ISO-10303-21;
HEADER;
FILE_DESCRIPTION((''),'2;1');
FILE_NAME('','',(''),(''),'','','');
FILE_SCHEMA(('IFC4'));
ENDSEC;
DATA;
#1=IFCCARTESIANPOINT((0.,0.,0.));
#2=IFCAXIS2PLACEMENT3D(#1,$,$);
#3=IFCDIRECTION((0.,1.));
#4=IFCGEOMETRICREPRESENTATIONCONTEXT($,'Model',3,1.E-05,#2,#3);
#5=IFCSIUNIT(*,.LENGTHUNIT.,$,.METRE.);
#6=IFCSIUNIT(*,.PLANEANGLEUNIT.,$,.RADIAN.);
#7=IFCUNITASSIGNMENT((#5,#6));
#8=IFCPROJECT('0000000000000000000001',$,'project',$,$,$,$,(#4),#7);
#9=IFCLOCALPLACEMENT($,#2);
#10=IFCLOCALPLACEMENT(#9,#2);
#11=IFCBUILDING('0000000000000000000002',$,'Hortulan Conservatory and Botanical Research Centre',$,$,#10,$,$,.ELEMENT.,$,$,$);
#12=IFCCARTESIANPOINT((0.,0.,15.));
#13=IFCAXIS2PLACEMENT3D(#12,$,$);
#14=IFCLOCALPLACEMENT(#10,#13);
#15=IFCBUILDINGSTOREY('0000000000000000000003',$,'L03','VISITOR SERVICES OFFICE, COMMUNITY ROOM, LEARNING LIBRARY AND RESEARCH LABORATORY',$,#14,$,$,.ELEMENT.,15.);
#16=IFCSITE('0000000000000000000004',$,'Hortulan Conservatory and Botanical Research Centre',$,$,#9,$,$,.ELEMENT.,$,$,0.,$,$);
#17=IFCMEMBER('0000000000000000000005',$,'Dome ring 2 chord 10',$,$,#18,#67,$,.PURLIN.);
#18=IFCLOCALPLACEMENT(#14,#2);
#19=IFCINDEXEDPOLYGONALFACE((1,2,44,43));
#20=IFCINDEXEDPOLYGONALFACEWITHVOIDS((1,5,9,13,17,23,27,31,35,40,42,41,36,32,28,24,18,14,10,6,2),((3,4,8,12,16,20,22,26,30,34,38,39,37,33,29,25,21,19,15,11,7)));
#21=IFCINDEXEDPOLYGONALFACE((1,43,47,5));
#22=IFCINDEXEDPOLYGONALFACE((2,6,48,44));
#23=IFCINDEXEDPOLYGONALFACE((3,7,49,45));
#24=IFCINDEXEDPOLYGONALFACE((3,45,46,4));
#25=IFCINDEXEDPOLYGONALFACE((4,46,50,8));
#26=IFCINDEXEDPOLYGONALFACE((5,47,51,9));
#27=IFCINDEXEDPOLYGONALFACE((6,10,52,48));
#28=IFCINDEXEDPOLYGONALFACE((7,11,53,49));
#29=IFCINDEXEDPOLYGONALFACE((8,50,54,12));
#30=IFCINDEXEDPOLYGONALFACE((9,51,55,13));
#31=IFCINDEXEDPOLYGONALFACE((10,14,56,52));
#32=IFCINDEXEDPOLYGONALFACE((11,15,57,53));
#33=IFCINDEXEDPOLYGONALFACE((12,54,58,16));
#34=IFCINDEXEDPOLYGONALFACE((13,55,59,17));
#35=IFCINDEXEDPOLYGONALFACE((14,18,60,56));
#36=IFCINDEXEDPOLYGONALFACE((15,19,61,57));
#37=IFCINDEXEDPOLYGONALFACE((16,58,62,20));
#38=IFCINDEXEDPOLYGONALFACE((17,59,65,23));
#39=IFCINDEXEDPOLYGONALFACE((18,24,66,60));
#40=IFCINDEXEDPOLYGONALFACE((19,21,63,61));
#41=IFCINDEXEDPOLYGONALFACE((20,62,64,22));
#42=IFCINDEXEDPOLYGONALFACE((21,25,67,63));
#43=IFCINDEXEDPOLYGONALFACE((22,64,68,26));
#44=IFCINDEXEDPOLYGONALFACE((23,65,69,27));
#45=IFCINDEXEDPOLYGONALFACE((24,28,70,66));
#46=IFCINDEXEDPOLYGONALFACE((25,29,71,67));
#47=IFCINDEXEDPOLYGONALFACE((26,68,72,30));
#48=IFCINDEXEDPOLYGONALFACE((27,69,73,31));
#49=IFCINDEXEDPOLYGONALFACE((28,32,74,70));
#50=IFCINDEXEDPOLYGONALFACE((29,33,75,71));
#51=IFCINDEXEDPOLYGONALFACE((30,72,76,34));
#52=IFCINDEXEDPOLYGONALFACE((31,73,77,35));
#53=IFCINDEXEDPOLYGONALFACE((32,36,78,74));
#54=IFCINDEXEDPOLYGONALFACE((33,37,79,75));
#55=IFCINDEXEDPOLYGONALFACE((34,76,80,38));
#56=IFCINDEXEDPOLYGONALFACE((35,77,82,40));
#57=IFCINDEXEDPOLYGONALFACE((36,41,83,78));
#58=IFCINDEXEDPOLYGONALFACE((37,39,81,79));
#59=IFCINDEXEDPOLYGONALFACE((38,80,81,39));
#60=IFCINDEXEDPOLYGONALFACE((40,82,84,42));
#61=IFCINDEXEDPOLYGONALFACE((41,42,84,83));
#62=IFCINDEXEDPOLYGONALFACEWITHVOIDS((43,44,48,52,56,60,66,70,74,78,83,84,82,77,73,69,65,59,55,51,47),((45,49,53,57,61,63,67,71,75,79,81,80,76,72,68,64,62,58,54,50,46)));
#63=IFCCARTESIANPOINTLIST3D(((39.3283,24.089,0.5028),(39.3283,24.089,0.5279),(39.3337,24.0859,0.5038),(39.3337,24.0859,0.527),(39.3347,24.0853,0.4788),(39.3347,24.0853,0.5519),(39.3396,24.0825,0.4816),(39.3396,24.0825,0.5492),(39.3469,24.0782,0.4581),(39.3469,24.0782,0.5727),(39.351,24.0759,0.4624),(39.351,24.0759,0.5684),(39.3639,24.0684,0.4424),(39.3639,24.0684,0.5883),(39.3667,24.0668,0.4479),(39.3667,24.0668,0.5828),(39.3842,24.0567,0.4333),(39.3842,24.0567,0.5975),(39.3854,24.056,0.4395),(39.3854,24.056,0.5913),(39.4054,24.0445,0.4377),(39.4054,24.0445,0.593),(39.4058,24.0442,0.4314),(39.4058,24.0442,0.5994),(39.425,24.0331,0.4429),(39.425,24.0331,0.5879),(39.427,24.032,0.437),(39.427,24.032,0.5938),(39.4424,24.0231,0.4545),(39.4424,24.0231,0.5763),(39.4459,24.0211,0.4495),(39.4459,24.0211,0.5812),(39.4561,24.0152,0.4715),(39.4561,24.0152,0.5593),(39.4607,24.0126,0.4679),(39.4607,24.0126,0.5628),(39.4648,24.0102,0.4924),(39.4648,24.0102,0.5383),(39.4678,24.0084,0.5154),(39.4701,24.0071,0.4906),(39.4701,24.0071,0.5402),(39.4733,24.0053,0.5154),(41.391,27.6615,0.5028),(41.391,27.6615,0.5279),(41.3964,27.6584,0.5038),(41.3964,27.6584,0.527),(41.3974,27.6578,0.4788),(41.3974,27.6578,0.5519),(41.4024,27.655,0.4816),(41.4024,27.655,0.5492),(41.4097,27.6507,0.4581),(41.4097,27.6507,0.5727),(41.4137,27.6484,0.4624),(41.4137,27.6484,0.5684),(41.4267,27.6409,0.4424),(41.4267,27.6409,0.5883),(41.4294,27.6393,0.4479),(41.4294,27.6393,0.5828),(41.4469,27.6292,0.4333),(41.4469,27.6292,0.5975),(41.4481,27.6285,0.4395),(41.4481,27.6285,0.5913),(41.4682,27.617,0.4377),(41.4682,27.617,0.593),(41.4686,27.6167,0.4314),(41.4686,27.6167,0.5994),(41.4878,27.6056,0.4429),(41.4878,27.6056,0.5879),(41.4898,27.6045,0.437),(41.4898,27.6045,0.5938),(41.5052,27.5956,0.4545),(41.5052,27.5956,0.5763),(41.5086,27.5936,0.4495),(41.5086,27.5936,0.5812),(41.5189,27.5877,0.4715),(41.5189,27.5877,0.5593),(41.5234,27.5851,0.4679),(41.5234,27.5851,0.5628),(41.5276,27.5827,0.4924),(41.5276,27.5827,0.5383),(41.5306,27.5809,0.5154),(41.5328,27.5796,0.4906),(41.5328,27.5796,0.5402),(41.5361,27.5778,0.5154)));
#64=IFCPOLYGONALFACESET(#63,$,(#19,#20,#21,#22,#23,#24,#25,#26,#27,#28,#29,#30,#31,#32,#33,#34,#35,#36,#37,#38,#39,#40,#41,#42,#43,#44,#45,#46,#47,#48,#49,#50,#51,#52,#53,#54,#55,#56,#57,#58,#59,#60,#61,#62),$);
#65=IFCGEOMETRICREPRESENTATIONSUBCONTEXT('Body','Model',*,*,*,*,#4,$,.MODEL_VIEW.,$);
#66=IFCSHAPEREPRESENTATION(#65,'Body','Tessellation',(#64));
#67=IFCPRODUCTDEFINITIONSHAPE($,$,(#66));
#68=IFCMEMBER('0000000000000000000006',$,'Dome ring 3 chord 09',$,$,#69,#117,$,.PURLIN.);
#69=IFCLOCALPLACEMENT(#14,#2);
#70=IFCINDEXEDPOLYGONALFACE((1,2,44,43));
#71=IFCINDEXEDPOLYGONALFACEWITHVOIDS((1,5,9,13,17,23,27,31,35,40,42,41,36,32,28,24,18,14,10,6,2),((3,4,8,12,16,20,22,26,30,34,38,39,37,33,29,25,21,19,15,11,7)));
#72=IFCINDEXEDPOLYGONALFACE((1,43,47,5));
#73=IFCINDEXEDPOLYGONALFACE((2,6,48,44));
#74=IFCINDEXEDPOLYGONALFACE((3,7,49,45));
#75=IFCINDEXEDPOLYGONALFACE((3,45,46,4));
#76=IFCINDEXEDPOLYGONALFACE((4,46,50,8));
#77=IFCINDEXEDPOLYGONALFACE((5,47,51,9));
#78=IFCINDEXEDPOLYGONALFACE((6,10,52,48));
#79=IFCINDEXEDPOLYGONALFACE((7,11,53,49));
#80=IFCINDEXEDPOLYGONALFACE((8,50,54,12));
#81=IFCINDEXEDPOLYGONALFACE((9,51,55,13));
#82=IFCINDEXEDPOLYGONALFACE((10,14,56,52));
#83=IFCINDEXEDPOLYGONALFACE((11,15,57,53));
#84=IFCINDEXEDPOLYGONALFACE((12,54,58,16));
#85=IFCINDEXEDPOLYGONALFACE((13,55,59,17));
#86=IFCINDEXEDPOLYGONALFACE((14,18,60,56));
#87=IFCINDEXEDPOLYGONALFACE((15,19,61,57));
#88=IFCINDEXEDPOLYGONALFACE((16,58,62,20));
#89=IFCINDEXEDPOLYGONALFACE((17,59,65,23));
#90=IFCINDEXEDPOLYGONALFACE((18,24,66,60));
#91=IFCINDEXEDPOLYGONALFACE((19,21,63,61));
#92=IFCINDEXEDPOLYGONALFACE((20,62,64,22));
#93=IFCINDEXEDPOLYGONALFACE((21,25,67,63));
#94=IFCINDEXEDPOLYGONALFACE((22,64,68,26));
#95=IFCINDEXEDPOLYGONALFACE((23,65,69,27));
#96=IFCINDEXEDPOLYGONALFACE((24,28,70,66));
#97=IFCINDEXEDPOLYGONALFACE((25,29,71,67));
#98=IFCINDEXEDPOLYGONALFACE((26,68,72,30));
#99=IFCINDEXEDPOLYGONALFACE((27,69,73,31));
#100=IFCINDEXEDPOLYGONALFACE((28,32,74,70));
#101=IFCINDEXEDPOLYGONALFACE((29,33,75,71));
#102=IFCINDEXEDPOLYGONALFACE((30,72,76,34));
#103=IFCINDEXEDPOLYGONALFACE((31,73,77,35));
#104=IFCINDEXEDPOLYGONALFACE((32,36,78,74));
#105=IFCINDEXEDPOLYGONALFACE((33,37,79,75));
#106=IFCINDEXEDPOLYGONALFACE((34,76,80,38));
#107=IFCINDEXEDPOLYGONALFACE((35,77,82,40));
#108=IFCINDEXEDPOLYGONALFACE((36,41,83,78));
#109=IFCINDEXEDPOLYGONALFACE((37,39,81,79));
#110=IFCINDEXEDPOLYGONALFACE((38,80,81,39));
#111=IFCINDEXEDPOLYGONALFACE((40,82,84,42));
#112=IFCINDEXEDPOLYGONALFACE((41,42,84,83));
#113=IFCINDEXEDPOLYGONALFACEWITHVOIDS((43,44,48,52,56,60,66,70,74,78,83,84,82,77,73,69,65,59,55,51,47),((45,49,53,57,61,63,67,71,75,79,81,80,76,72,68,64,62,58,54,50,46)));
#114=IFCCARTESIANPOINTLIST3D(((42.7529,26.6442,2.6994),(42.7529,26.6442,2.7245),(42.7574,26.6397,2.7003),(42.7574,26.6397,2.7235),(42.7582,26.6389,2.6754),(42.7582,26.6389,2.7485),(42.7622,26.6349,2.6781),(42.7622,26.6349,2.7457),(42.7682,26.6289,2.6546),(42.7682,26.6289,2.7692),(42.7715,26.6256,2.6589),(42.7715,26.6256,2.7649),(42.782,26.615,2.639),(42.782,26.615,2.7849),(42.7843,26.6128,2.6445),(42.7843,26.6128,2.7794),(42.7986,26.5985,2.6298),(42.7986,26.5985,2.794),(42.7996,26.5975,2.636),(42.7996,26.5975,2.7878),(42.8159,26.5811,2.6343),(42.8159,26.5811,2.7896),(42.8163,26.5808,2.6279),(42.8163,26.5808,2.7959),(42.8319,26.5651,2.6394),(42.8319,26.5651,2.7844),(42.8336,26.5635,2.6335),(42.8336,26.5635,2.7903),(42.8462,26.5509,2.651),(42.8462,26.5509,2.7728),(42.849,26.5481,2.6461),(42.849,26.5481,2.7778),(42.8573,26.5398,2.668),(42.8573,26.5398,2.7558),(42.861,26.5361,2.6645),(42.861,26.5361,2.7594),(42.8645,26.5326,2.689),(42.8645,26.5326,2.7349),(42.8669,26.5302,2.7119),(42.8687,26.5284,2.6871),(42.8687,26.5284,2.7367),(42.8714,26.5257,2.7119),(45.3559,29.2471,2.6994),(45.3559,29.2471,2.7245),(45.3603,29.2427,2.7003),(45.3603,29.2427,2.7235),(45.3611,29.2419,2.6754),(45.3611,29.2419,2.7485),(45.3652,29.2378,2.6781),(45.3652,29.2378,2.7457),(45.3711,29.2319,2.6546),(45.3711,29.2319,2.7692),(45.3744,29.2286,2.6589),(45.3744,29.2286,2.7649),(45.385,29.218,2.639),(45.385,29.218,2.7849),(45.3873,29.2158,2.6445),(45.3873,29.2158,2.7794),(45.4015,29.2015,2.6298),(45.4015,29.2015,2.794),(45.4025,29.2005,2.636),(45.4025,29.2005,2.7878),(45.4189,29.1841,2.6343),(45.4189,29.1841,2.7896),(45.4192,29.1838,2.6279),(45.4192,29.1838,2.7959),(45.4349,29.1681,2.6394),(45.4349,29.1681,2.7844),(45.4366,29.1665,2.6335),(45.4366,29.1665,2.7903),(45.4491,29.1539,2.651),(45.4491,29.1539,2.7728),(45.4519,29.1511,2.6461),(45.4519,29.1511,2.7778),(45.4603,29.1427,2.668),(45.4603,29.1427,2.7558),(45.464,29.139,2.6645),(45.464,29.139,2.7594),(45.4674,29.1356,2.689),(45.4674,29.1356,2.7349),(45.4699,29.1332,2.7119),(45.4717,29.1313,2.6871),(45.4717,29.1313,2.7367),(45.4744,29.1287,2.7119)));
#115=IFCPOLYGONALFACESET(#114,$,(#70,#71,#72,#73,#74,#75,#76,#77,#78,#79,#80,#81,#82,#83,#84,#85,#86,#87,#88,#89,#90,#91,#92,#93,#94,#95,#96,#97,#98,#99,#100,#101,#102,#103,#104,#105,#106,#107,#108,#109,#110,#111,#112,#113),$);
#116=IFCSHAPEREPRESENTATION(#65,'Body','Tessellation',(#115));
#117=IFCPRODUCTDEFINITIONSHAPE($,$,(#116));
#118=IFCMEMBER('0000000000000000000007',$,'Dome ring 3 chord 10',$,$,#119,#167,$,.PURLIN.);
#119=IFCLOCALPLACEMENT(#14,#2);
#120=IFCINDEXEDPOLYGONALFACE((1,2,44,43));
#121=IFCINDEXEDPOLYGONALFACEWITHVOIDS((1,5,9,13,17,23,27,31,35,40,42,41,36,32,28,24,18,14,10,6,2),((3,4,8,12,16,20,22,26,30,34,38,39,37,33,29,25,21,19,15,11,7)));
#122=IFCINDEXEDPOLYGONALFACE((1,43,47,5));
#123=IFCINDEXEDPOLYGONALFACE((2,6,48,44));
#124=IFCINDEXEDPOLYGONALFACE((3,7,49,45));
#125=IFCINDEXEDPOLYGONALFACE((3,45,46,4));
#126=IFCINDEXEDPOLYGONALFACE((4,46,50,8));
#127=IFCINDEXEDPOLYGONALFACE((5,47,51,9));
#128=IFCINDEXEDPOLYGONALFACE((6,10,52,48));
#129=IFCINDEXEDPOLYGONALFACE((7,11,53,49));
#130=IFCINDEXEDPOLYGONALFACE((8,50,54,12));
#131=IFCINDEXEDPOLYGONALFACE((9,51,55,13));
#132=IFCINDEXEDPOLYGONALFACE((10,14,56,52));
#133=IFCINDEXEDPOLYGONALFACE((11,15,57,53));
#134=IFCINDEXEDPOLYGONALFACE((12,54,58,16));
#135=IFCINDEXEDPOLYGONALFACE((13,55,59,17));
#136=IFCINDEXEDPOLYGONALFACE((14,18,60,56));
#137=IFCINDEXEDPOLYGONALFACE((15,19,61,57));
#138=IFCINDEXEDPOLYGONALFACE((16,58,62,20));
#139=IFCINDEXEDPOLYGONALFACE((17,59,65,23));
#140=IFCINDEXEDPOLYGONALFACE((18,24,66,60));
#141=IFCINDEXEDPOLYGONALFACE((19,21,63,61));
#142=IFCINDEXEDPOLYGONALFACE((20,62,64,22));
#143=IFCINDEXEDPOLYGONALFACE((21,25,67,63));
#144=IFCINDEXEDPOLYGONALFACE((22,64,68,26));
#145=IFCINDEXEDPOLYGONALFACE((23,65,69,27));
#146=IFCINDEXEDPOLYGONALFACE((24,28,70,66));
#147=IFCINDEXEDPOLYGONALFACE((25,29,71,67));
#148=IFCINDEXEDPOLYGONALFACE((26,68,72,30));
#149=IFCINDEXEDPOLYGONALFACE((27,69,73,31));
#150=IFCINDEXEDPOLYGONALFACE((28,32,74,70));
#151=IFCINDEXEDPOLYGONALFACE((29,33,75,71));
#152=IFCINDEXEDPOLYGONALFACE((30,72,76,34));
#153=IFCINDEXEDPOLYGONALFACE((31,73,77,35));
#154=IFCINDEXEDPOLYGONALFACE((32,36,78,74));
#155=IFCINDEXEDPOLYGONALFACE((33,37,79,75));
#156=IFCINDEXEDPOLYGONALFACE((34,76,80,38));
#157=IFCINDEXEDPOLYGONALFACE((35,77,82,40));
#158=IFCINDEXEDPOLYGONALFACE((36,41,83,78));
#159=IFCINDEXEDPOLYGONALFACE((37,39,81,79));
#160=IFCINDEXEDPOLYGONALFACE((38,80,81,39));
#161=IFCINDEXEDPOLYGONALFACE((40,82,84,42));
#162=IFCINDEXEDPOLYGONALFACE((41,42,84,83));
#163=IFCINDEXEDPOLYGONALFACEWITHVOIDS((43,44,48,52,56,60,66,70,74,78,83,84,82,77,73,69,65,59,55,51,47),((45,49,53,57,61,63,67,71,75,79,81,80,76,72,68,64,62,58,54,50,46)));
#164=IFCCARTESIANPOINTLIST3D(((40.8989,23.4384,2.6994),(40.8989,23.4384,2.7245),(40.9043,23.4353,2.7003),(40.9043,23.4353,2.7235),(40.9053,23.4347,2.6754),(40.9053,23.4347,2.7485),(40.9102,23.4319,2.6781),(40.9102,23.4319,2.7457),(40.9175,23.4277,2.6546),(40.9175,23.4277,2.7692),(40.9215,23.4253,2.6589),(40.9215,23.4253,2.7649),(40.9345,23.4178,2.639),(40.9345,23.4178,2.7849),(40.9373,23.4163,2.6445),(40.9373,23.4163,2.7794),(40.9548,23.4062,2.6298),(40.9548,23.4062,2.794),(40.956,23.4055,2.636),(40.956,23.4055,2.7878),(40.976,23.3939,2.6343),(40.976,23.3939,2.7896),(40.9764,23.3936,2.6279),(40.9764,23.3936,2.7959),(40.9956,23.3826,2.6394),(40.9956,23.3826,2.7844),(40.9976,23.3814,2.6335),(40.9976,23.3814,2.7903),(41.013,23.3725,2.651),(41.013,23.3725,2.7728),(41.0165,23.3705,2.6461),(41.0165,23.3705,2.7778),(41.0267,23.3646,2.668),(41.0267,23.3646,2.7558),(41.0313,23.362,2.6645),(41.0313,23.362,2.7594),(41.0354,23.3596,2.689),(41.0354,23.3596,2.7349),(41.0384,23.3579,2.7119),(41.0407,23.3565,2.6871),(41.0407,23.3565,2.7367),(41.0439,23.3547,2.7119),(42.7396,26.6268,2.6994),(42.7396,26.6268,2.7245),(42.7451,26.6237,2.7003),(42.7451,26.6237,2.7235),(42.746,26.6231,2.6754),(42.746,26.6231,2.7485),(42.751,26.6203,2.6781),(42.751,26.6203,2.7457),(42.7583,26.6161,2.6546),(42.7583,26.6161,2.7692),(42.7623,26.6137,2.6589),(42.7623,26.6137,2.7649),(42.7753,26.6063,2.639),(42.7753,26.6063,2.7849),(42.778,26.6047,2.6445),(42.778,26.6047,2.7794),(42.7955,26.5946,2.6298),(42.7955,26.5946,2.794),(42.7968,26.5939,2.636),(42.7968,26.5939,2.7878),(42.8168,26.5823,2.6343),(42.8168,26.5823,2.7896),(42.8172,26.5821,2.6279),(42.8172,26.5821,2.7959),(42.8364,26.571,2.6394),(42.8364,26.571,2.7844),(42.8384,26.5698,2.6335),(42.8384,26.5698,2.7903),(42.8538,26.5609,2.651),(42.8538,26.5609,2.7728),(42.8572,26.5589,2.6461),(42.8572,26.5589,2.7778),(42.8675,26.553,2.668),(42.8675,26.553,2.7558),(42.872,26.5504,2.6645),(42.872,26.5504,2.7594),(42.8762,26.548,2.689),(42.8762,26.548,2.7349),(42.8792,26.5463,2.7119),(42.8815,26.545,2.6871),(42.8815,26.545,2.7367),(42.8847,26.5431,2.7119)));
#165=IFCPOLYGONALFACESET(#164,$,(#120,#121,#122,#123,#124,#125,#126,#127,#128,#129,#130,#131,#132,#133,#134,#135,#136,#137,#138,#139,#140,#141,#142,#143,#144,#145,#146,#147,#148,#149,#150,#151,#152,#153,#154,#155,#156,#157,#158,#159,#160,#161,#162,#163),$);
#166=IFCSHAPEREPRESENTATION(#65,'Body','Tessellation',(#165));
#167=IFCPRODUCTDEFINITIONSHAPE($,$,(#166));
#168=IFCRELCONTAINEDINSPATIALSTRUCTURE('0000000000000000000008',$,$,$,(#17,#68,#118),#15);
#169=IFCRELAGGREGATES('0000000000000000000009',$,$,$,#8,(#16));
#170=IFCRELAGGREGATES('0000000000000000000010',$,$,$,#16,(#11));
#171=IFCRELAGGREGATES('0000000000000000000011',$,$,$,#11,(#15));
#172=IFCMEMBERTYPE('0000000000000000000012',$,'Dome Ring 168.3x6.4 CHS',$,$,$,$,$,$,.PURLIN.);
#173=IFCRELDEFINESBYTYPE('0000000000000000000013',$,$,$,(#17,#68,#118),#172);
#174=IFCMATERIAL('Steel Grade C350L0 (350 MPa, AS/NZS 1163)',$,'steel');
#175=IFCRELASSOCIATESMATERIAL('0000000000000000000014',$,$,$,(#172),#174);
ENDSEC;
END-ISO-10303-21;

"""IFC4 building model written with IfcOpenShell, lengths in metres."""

from ifc_helpers import new_model, si_unit, direction, frame, origin, origin_2d, place, context, subcontext, project, spatial, hollow_circle, extrude, material, material_profile, profile_set, type_object, element, save


model = new_model("IFC4")

# Units and contexts
model_context = context("Model", 3, precision=1e-05, world=origin(), true_north=direction((0.0, 1.0)))
body_context = subcontext(model_context, "Body", "Model", "MODEL_VIEW")
ifc_project = project(units=[si_unit("LENGTHUNIT", "METRE"), si_unit("PLANEANGLEUNIT", "RADIAN")], contexts=[model_context])

# Site, building, storey
site_placement = place(None, origin())
site = spatial("IfcSite", under=ifc_project, at=site_placement, Name="Hortulan Conservatory and Botanical Research Centre", CompositionType="ELEMENT", RefElevation=0.0)
building_placement = place(site_placement, origin())
building = spatial("IfcBuilding", under=site, at=building_placement, Name="Hortulan Conservatory and Botanical Research Centre", CompositionType="ELEMENT")
storey_placement = place(building_placement, frame((0.0, 0.0, 15.0)))
storey = spatial("IfcBuildingStorey", under=building, at=storey_placement, Name="L03", Description="VISITOR SERVICES OFFICE, COMMUNITY ROOM, LEARNING LIBRARY AND RESEARCH LABORATORY", CompositionType="ELEMENT", Elevation=15.0)

# Shared definitions
ifc_material_1 = material(Name="Steel Grade C350L0 (350 MPa, AS/NZS 1163)", Category="steel")

# Members
ifc_material_profile_1 = material_profile(ifc_material_1, hollow_circle(Radius=0.0842, WallThickness=0.0063, at=origin_2d()), Name="168.3x6.4CHS")
ifc_profile_set_1 = profile_set([ifc_material_profile_1], Name="Steel Grade C350L0 (350 MPa, AS/NZS 1163)")
member_type_1 = type_object("IfcMemberType", Name="Dome Ring 168.3x6.4 CHS", PredefinedType="PURLIN", material=ifc_profile_set_1)
member_1_placement = place(storey_placement, frame((41.4631, 27.6199, 0.5154), z_axis=(-0.500028, -0.866009, 0.0), x_axis=(0.866009, -0.500028, 0.0)))
element("IfcMember", 1, at=member_1_placement, inside=storey, type_object=member_type_1, Name="Dome ring 2 chord 10", PredefinedType="PURLIN", context=body_context, shape_type="SweptSolid", body=[
    extrude(hollow_circle(Radius=0.0842, WallThickness=0.0063, at=origin_2d()), origin(), (0.0, 0.0, 1.0), 4.1252),
])
member_2_placement = place(storey_placement, frame((45.4148, 29.1882, 2.7119), z_axis=(-0.707107, -0.707107, 0.0), x_axis=(0.707107, -0.707107, 0.0)))
element("IfcMember", 2, at=member_2_placement, inside=storey, type_object=member_type_1, Name="Dome ring 3 chord 09", PredefinedType="PURLIN", context=body_context, shape_type="SweptSolid", body=[
    extrude(hollow_circle(Radius=0.0842, WallThickness=0.0063, at=origin_2d()), origin(), (0.0, 0.0, 1.0), 3.6812),
])
member_3_placement = place(storey_placement, frame((42.8118, 26.5852, 2.7119), z_axis=(-0.49999, -0.866031, 0.0), x_axis=(0.866031, -0.49999, 0.0)))
element("IfcMember", 3, at=member_3_placement, inside=storey, type_object=member_type_1, Name="Dome ring 3 chord 10", PredefinedType="PURLIN", context=body_context, shape_type="SweptSolid", body=[
    extrude(hollow_circle(Radius=0.0842, WallThickness=0.0063, at=origin_2d()), origin(), (0.0, 0.0, 1.0), 3.6816),
])

save(model, "model.ifc")
